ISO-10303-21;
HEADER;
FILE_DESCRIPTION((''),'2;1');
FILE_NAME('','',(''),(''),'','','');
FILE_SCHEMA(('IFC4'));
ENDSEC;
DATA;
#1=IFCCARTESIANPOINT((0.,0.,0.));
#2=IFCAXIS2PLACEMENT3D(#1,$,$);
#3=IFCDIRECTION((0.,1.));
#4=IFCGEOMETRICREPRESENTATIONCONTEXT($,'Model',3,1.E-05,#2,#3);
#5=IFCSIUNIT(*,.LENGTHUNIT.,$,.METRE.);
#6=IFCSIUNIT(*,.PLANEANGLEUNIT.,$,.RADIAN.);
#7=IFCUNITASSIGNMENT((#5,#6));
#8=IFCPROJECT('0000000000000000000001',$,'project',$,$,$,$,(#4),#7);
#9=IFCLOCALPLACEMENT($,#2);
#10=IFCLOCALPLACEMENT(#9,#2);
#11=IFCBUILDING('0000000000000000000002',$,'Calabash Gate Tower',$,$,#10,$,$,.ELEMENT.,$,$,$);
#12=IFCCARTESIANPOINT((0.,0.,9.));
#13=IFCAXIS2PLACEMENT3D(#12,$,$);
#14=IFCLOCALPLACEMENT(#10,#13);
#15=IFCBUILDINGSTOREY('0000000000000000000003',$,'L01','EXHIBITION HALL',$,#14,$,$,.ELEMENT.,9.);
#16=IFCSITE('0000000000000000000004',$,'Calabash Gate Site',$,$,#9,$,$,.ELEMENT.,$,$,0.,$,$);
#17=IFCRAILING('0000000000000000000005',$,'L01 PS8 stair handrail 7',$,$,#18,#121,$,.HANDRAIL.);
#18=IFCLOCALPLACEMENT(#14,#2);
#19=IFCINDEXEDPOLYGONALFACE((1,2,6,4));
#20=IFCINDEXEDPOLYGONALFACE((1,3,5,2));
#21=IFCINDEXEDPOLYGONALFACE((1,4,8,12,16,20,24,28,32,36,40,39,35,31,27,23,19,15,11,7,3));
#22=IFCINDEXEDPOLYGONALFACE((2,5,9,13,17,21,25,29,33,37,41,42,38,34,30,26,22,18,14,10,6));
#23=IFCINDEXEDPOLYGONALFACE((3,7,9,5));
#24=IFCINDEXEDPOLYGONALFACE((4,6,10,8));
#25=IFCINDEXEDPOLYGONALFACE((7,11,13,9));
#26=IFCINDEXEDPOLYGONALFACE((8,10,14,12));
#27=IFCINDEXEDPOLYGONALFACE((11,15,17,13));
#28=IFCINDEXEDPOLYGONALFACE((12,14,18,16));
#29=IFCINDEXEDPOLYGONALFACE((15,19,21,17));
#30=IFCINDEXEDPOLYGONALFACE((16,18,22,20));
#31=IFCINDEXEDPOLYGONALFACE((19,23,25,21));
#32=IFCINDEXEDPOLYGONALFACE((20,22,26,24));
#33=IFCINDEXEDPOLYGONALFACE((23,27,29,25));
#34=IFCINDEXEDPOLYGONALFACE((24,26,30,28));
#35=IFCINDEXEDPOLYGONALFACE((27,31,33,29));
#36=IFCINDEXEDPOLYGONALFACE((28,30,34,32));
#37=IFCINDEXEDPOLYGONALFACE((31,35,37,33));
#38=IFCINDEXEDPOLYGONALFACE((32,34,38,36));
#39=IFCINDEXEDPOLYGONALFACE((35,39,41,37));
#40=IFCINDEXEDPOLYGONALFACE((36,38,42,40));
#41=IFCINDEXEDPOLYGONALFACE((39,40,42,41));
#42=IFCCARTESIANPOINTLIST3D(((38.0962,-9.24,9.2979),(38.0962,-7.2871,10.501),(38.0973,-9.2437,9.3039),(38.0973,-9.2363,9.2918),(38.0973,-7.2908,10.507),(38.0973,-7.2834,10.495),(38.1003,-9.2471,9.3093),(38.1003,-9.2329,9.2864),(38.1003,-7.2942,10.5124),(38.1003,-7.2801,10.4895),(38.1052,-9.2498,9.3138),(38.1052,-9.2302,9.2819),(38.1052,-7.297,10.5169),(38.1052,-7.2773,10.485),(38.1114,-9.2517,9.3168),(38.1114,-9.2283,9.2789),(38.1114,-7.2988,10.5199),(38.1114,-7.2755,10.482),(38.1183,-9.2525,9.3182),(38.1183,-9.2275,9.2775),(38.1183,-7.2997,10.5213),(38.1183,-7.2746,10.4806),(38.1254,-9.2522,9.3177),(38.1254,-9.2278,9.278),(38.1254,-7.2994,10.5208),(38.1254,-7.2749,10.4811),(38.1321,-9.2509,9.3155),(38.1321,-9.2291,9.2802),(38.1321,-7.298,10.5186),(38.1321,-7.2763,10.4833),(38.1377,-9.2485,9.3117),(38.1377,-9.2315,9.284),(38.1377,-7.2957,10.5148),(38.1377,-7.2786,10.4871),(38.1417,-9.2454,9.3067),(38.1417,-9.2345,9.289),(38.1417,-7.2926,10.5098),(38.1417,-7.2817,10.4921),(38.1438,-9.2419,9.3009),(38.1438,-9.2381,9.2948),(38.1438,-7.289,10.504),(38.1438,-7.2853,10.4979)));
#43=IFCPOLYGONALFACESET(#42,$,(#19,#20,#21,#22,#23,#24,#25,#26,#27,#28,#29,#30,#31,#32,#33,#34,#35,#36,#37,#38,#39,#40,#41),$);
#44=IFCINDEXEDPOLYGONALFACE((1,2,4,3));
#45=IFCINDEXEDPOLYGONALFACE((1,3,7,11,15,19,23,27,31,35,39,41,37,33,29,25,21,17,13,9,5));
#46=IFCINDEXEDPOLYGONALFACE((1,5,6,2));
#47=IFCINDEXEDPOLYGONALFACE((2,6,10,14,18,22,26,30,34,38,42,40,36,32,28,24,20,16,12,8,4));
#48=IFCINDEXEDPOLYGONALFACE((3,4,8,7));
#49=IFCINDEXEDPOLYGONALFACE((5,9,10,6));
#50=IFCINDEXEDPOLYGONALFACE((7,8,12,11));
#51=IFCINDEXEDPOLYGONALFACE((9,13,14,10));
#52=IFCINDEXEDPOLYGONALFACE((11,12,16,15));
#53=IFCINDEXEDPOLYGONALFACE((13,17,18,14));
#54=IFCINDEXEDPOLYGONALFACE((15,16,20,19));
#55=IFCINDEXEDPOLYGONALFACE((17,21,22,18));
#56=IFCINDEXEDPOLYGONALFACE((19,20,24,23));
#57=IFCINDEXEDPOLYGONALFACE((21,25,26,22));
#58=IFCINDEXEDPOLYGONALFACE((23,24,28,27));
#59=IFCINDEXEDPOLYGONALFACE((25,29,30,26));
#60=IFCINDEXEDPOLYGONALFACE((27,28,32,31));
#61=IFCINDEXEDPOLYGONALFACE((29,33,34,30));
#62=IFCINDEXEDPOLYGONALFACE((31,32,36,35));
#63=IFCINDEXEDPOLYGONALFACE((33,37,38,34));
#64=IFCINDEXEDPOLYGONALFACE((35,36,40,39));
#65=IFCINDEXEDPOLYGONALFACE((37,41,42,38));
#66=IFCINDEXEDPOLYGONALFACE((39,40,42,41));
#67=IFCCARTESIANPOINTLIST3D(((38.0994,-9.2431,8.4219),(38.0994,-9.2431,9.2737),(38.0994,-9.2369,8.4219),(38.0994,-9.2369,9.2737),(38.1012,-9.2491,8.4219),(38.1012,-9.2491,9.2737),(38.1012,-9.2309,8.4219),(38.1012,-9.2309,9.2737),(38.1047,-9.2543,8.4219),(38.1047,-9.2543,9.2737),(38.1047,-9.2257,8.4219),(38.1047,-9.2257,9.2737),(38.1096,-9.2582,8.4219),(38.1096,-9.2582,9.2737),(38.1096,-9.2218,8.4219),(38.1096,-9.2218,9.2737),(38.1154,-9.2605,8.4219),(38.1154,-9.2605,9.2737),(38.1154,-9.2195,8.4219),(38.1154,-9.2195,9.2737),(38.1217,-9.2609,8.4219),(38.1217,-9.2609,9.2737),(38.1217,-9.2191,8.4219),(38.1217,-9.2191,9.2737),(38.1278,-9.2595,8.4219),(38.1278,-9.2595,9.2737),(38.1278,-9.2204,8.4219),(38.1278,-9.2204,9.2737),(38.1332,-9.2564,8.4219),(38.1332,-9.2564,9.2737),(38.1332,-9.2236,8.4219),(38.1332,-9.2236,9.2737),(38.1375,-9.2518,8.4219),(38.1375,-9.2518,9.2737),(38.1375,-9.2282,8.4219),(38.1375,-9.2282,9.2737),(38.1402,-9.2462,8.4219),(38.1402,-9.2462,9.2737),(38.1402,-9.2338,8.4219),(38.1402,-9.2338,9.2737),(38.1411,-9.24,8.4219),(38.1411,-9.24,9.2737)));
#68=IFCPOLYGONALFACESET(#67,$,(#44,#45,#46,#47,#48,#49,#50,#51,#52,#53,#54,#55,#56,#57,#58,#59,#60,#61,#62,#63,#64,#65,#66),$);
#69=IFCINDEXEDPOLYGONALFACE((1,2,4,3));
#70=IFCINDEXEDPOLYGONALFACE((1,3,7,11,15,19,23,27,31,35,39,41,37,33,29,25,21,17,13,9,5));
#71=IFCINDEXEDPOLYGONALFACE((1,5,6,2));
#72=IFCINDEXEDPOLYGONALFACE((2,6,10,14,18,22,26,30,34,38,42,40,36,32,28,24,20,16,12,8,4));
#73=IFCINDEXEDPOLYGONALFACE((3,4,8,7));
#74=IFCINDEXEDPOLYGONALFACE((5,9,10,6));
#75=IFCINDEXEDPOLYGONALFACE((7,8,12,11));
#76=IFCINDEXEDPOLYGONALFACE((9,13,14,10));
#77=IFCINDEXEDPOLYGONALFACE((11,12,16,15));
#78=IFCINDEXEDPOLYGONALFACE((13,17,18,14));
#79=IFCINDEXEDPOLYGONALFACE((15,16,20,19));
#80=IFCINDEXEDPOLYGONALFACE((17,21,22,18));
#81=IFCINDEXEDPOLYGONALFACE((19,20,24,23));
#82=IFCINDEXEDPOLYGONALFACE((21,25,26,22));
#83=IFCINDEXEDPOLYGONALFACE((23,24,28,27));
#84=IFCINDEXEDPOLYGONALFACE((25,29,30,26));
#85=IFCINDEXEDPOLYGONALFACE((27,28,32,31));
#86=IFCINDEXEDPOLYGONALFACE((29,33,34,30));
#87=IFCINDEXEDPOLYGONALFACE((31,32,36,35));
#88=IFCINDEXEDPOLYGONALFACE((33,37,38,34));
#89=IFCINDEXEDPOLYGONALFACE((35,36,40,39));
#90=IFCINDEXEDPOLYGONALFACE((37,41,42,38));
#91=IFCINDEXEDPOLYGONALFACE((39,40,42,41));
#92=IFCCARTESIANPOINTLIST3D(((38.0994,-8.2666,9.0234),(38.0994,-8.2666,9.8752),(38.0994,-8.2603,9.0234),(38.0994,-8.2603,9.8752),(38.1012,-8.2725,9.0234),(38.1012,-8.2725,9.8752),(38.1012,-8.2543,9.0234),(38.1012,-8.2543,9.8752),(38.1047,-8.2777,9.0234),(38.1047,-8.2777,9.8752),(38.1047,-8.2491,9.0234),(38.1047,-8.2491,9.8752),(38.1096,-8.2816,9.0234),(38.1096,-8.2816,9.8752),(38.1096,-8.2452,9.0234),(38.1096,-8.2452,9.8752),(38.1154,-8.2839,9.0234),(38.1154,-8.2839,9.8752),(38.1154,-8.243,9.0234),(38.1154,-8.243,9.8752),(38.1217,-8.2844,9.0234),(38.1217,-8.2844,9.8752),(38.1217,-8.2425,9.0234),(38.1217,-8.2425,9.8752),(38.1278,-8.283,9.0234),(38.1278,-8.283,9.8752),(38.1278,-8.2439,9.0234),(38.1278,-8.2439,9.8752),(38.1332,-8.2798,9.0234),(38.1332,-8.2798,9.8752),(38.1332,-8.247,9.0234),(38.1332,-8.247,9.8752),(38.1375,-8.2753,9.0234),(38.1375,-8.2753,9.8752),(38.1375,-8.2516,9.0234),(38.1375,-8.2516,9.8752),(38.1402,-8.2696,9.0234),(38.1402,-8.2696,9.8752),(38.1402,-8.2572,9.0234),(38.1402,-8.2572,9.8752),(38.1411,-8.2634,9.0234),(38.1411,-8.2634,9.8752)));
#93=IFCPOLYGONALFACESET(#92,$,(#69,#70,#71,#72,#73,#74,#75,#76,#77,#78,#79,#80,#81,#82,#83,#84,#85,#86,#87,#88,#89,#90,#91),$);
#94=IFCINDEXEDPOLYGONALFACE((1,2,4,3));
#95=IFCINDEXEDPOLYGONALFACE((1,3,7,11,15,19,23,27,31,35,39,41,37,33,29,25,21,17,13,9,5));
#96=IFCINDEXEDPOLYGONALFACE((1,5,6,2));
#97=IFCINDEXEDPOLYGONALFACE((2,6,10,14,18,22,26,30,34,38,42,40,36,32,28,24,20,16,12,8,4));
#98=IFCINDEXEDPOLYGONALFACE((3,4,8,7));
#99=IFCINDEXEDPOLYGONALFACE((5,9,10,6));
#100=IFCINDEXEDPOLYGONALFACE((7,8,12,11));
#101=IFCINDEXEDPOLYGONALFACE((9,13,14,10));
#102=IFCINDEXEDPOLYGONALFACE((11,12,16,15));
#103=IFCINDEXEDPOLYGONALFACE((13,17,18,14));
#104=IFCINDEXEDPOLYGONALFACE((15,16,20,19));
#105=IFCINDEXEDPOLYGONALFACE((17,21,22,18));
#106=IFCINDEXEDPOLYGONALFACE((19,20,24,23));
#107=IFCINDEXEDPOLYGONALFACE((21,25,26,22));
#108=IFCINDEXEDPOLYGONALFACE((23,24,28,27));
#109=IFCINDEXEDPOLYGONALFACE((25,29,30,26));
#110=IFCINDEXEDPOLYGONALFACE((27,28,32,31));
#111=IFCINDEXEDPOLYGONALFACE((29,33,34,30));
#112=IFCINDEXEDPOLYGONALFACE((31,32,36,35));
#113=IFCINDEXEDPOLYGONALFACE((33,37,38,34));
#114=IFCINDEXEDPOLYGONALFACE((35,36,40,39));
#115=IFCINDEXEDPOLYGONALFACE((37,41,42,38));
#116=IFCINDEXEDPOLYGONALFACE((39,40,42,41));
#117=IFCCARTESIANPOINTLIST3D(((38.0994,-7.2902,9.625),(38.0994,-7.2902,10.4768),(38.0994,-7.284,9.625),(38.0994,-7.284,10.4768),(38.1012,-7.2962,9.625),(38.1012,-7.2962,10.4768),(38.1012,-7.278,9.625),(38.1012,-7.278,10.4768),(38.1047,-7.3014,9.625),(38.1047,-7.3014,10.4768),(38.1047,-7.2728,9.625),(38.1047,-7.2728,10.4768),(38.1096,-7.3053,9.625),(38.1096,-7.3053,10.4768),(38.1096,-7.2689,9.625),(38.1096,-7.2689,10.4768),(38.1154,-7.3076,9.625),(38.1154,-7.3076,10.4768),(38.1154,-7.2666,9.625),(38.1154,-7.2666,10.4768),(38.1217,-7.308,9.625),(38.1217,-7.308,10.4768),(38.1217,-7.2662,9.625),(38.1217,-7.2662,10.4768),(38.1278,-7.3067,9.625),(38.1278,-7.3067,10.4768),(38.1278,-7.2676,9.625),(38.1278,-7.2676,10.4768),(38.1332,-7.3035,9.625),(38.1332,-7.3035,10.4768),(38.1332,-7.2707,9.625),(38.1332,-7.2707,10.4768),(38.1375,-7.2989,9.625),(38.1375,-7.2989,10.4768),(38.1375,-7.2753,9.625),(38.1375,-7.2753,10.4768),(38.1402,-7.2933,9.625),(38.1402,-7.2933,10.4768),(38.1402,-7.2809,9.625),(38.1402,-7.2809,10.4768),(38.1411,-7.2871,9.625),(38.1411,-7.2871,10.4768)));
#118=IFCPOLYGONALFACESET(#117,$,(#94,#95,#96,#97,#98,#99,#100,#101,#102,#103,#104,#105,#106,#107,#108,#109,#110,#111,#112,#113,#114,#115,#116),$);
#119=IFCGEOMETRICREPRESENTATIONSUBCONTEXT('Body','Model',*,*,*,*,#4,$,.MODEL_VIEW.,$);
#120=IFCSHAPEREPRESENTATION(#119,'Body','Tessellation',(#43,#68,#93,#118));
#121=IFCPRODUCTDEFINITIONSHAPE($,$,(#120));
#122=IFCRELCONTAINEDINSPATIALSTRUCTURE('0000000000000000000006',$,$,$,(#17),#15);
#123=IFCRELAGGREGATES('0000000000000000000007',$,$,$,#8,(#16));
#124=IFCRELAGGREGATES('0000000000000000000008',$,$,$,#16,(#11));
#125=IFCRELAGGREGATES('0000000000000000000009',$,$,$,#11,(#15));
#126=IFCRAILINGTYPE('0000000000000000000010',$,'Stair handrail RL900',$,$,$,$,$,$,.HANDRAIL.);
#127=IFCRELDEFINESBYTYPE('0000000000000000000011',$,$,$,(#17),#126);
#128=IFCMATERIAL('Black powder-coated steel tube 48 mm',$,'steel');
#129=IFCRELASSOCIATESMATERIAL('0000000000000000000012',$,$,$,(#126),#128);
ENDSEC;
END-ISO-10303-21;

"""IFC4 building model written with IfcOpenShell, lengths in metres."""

from ifc_helpers import new_model, si_unit, direction, frame, origin, origin_2d, place, context, subcontext, project, spatial, circle, extrude, material, type_object, element, save


model = new_model("IFC4")

# Units and contexts
model_context = context("Model", 3, precision=1e-05, world=origin(), true_north=direction((0.0, 1.0)))
body_context = subcontext(model_context, "Body", "Model", "MODEL_VIEW")
ifc_project = project(units=[si_unit("LENGTHUNIT", "METRE"), si_unit("PLANEANGLEUNIT", "RADIAN")], contexts=[model_context])

# Site, building, storey
site_placement = place(None, origin())
site = spatial("IfcSite", under=ifc_project, at=site_placement, Name="Calabash Gate Site", CompositionType="ELEMENT", RefElevation=0.0)
building_placement = place(site_placement, origin())
building = spatial("IfcBuilding", under=site, at=building_placement, Name="Calabash Gate Tower", CompositionType="ELEMENT")
storey_placement = place(building_placement, frame((0.0, 0.0, 9.0)))
storey = spatial("IfcBuildingStorey", under=building, at=storey_placement, Name="L01", Description="EXHIBITION HALL", CompositionType="ELEMENT", Elevation=9.0)

# Railing
ifc_material_1 = material(Name="Black powder-coated steel tube 48 mm", Category="steel")
railing_type_1 = type_object("IfcRailingType", Name="Stair handrail RL900", PredefinedType="HANDRAIL", material=ifc_material_1)
for number, where, name in (
    (1, (38.1201, -9.24, 8.4219), "L01 PS8 stair handrail 7"),
):
    element("IfcRailing", number, at=place(storey_placement, frame(where)), inside=storey, type_object=railing_type_1, Name=name, PredefinedType="HANDRAIL", context=body_context, shape_type="SweptSolid", body=[
        extrude(circle(Radius=0.0239, at=origin_2d()), frame((0.0, 0.0, 0.876), z_axis=(0.0, 0.851395, 0.524525), x_axis=(-1.0, 0.0, 0.0)), (0.0, 0.0, 1.0), 2.2937),
        extrude(circle(Radius=0.021, at=origin_2d()), origin(), (0.0, 0.0, 1.0), 0.8518),
        extrude(circle(Radius=0.021, at=origin_2d()), frame((0.0, 0.9766, 0.6016)), (0.0, 0.0, 1.0), 0.8518),
        extrude(circle(Radius=0.021, at=origin_2d()), frame((0.0, 1.9529, 1.2031)), (0.0, 0.0, 1.0), 0.8518),
    ])

save(model, "model.ifc")
